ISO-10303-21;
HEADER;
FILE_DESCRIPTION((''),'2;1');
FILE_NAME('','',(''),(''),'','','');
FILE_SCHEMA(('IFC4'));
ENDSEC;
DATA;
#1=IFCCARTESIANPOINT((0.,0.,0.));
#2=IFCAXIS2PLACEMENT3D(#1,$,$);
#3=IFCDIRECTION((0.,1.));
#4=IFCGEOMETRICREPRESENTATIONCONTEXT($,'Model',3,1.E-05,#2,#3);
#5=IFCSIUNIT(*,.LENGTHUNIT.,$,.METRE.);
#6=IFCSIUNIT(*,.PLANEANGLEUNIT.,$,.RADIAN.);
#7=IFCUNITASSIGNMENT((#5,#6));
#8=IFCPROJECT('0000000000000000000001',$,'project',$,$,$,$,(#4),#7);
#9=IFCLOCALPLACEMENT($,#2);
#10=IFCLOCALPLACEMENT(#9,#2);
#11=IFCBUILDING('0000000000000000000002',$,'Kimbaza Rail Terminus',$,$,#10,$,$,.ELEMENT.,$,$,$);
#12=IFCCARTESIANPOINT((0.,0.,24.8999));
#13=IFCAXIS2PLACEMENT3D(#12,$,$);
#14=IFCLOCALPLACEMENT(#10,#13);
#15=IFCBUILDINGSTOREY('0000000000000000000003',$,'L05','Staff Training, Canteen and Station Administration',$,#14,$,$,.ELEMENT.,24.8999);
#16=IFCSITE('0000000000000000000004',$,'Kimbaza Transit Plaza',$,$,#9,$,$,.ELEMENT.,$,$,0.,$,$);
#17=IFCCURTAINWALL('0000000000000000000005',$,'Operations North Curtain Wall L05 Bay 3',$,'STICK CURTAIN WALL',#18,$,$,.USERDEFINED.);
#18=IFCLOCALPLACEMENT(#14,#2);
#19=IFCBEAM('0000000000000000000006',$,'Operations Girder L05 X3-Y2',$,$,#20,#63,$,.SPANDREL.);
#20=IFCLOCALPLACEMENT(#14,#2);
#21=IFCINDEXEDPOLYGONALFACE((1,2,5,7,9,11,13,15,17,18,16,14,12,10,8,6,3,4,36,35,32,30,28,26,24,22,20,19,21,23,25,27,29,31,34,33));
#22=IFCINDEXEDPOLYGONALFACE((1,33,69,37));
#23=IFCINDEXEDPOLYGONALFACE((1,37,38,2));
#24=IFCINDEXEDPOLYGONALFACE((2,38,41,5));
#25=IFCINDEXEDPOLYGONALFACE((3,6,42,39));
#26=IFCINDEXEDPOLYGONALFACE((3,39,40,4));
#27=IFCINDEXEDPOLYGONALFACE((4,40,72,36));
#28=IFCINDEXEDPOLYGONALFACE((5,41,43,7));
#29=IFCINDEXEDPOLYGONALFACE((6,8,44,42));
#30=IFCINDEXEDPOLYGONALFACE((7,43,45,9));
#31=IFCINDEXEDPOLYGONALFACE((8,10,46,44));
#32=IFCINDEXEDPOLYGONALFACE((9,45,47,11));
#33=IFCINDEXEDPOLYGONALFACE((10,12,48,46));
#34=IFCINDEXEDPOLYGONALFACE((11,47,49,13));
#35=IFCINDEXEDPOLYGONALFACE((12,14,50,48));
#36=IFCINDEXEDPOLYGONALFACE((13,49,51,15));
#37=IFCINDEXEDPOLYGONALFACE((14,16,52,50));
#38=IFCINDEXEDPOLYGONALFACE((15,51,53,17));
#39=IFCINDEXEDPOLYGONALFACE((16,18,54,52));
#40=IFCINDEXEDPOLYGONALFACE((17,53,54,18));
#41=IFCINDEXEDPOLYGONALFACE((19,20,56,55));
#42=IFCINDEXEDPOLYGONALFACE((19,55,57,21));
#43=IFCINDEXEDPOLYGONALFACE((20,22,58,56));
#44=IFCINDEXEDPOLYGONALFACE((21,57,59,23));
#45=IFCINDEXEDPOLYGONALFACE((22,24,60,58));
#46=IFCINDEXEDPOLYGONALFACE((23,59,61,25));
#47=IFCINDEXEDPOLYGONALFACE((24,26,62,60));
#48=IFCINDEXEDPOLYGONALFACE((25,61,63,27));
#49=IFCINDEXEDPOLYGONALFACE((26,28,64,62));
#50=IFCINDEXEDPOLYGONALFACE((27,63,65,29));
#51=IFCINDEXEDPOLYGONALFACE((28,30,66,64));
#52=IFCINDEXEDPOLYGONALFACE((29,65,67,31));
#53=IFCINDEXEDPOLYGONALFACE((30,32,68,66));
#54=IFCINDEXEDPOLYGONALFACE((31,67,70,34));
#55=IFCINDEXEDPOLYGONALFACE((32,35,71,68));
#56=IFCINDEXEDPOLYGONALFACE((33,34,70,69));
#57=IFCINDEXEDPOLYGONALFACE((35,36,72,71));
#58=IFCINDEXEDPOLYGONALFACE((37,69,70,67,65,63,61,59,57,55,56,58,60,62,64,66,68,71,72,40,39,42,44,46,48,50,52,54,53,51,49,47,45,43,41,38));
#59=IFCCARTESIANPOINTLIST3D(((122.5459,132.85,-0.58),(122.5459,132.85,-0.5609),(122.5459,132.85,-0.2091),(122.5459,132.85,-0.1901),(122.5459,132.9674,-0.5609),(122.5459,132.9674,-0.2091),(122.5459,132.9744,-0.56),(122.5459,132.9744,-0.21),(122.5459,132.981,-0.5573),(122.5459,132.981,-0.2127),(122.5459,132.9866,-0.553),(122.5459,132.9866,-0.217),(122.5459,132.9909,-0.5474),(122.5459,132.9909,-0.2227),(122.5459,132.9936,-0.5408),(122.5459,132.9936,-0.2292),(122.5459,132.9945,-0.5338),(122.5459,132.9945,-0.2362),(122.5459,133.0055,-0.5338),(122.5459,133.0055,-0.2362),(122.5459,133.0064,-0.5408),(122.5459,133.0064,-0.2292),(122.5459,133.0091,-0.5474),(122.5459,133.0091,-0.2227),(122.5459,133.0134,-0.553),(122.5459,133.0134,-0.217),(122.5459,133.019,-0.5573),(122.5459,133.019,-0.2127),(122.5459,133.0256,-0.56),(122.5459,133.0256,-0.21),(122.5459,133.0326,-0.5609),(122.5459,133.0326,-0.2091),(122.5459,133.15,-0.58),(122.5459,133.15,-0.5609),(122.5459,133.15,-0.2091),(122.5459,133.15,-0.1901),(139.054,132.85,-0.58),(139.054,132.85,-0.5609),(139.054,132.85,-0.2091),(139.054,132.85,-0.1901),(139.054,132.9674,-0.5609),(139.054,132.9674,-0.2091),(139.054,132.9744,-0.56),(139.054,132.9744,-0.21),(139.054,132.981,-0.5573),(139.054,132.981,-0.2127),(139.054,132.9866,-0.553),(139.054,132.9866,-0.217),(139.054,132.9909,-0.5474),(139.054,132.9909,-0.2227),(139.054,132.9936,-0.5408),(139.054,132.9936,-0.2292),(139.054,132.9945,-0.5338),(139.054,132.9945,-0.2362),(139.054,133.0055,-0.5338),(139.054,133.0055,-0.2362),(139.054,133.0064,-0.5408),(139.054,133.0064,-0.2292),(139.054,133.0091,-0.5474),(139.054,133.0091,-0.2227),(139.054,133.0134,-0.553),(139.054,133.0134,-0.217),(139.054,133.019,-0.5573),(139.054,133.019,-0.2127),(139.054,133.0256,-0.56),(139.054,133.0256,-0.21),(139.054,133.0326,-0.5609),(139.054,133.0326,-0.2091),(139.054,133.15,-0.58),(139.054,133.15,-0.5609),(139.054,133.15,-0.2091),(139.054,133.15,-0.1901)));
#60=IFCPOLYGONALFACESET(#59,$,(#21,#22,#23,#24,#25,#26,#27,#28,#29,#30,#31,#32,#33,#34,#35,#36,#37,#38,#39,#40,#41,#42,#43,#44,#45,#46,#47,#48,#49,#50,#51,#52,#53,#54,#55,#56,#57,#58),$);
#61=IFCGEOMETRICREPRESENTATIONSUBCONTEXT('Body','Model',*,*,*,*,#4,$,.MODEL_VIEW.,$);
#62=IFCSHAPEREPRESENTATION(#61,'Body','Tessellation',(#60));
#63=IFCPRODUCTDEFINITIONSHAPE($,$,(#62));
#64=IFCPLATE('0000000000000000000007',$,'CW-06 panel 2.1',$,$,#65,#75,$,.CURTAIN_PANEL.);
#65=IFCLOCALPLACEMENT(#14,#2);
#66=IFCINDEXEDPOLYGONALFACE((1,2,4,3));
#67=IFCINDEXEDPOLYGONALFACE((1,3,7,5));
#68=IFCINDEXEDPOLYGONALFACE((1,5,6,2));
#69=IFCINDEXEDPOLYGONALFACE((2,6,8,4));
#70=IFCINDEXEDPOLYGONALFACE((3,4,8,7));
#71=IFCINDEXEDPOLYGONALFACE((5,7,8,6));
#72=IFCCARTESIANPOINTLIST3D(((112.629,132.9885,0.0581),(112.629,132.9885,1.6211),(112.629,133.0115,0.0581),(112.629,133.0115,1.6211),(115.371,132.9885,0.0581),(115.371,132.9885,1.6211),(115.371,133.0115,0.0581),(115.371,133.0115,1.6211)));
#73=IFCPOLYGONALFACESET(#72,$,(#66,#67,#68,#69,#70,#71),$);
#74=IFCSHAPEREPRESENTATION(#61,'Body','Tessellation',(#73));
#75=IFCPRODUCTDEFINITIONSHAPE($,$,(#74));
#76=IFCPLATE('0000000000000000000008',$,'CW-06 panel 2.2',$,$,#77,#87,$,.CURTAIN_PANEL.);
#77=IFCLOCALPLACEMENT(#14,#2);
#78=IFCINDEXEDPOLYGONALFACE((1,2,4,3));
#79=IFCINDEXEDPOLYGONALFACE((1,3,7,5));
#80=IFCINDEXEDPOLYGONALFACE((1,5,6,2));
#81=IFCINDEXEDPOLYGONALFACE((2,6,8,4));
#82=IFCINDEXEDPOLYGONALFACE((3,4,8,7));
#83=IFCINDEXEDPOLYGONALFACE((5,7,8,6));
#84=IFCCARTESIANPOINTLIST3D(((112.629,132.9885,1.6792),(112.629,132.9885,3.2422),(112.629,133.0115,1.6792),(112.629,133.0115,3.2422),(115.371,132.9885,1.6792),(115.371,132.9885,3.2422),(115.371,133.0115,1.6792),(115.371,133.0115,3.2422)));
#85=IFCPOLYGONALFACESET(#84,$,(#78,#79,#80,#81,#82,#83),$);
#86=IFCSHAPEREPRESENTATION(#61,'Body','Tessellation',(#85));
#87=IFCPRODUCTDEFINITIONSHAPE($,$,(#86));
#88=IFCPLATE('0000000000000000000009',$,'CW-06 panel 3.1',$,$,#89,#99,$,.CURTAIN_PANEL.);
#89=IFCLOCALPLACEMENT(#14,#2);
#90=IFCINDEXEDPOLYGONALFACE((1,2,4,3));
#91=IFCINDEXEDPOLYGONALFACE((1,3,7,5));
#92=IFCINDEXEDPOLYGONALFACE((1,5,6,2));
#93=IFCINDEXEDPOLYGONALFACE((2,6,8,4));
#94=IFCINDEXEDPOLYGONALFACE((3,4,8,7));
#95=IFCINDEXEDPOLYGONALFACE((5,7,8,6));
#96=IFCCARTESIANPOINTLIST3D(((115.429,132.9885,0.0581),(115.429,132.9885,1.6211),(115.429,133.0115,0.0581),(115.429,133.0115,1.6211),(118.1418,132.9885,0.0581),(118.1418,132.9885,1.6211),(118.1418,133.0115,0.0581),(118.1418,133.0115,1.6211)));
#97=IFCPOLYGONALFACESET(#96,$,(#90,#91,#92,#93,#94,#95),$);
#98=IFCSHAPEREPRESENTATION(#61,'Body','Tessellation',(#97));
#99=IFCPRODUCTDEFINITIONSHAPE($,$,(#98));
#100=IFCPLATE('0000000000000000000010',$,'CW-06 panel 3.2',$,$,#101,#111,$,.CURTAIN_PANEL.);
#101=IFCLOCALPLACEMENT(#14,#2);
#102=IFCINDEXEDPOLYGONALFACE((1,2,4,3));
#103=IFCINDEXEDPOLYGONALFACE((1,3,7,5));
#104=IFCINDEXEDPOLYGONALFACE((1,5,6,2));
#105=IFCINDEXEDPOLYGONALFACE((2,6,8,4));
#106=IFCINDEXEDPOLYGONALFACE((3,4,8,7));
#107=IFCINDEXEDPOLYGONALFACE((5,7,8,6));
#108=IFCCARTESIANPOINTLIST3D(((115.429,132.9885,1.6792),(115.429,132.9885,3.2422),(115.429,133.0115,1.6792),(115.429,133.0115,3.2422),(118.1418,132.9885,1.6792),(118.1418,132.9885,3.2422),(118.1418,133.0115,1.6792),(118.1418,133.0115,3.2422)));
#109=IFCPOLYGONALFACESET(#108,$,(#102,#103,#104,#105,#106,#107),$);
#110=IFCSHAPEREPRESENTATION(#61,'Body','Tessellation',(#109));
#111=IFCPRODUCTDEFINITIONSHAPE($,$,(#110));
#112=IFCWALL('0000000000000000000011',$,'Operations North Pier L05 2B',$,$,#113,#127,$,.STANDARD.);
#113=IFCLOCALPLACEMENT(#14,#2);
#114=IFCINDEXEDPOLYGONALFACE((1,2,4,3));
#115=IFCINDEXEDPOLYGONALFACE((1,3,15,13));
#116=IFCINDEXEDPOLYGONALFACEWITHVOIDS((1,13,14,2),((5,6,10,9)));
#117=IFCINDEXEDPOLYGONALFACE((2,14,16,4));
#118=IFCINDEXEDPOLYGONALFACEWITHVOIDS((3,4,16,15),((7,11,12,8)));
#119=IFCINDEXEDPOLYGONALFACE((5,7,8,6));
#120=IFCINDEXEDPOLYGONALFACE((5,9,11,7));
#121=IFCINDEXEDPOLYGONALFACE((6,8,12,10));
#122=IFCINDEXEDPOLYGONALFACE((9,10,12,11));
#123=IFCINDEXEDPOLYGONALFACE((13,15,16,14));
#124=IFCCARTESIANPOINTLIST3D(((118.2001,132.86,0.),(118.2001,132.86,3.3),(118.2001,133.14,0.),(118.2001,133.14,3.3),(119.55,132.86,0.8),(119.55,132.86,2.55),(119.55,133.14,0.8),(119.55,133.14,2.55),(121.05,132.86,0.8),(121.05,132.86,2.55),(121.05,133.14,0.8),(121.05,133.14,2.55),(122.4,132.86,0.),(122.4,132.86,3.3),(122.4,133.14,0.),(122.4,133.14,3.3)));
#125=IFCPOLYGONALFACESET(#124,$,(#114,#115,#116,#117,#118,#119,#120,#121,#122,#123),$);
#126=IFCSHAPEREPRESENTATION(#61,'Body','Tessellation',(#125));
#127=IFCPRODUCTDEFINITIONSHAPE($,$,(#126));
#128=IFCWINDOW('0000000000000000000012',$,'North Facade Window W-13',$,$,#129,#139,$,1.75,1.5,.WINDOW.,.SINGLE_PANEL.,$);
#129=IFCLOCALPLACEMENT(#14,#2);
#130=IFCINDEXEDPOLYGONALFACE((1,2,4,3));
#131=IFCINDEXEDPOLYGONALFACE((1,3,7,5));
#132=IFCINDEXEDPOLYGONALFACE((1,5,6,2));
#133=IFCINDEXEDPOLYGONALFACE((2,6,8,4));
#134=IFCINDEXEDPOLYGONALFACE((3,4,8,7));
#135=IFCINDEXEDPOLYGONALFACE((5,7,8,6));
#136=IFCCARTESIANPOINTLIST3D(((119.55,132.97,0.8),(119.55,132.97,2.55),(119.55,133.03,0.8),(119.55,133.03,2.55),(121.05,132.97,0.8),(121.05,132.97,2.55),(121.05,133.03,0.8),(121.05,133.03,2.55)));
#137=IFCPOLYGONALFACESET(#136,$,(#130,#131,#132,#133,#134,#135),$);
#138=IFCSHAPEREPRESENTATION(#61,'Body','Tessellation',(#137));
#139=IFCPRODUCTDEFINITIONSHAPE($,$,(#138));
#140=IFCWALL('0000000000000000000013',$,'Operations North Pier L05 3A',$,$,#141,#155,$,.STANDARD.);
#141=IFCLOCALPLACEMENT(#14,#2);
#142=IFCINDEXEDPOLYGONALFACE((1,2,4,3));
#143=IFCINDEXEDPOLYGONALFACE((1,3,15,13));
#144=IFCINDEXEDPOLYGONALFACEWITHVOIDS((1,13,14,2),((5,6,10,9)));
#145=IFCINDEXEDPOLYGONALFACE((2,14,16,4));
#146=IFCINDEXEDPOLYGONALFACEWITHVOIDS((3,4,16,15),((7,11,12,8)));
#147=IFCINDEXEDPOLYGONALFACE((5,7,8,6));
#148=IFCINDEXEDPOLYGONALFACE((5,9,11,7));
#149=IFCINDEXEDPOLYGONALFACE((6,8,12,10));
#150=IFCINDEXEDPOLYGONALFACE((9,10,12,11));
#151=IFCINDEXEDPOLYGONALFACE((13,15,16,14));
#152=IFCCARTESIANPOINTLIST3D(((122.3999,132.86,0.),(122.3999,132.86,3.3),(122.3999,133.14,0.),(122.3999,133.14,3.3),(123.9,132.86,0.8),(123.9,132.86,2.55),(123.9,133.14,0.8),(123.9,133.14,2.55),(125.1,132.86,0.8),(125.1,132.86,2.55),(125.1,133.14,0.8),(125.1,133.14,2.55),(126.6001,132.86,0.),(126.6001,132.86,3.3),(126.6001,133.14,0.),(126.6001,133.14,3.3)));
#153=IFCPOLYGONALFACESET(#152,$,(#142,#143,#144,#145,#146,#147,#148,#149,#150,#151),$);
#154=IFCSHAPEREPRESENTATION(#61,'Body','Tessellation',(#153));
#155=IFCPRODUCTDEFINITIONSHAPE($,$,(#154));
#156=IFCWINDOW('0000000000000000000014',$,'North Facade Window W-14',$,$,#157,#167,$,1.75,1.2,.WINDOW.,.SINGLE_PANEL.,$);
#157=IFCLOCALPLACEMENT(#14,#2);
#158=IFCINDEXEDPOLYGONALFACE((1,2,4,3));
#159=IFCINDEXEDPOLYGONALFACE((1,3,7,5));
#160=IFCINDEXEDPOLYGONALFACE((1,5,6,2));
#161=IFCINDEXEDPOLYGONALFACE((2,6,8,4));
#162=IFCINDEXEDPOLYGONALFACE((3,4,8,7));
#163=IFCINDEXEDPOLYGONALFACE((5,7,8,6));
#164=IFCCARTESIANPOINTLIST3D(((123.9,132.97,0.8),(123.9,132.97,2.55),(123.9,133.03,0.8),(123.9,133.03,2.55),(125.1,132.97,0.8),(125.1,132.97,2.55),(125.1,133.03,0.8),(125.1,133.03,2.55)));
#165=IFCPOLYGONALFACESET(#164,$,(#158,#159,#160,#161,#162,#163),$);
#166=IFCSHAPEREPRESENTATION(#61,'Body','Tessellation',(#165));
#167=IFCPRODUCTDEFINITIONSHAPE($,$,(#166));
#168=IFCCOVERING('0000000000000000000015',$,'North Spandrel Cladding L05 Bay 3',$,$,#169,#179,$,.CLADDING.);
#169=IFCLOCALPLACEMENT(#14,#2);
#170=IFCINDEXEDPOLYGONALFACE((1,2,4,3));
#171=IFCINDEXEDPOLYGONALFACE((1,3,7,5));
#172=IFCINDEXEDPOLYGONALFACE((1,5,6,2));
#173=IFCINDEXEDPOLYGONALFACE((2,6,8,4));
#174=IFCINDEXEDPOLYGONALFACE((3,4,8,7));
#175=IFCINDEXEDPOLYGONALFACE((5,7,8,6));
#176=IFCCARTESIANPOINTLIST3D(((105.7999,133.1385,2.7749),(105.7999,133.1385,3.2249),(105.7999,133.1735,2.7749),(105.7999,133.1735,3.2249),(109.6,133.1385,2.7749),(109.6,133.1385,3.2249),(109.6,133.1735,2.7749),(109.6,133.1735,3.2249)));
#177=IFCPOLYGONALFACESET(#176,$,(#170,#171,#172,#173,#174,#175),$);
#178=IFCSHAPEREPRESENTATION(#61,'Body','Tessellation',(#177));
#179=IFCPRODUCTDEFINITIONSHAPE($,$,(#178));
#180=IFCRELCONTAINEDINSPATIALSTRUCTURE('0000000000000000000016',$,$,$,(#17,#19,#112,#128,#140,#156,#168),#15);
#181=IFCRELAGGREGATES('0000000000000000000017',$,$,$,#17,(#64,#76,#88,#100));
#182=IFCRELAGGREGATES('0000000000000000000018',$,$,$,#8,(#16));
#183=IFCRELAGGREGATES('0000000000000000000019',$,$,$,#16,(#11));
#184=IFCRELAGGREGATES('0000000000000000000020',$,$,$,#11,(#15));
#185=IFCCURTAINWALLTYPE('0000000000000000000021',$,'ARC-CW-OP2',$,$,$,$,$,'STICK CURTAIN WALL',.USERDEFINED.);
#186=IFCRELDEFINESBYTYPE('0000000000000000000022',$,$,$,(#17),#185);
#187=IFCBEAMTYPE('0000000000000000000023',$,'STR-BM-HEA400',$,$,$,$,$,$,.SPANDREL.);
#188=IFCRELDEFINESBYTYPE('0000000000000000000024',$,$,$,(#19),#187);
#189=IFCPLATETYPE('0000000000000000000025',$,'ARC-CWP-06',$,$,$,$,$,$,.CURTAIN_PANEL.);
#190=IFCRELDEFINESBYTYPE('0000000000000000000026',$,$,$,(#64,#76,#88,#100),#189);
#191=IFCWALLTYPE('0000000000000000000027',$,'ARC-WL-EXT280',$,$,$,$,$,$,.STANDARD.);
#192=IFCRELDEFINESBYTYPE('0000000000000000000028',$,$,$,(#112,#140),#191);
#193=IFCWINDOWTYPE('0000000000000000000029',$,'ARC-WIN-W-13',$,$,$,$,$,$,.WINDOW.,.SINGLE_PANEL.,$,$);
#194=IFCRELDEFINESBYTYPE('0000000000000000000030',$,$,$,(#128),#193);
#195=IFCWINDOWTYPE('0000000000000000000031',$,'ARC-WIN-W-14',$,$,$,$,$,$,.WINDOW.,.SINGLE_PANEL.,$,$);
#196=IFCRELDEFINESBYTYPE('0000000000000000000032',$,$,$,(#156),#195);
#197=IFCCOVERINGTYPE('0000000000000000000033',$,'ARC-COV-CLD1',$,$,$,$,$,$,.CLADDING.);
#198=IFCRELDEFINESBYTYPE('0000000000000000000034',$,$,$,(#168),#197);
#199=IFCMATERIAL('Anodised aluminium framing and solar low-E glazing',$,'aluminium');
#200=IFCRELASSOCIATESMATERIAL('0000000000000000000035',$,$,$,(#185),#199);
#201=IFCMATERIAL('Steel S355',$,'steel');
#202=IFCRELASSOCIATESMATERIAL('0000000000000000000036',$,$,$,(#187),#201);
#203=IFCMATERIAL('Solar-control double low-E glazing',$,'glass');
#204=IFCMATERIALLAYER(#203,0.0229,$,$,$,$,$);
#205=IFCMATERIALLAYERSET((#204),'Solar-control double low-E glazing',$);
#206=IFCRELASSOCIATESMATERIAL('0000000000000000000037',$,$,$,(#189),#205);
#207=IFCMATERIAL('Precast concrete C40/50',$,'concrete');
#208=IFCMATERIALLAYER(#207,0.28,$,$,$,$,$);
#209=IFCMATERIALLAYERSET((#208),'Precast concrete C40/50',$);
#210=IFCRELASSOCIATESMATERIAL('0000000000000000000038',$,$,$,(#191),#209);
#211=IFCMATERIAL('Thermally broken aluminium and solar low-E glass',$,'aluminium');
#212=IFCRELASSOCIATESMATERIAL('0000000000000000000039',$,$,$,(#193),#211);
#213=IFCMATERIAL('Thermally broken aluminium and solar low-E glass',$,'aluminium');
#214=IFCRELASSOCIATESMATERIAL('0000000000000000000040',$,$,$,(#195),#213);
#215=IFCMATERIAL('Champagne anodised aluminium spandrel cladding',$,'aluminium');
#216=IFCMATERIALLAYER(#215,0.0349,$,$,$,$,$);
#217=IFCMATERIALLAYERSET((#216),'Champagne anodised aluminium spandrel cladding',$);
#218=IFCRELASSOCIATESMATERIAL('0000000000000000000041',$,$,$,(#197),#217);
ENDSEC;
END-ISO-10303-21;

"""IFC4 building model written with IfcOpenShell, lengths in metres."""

from ifc_helpers import new_model, si_unit, direction, frame, frame_2d, origin, origin_2d, place, context, subcontext, project, spatial, rectangle, i_section, extrude, material, layer, layer_set, material_profile, profile_set, type_object, element, fill, aggregate, save


model = new_model("IFC4")

# Units and contexts
model_context = context("Model", 3, precision=1e-05, world=origin(), true_north=direction((0.0, 1.0)))
body_context = subcontext(model_context, "Body", "Model", "MODEL_VIEW")
ifc_project = project(units=[si_unit("LENGTHUNIT", "METRE"), si_unit("PLANEANGLEUNIT", "RADIAN")], contexts=[model_context])

# Site, building, storey
site_placement = place(None, origin())
site = spatial("IfcSite", under=ifc_project, at=site_placement, Name="Kimbaza Transit Plaza", CompositionType="ELEMENT", RefElevation=0.0)
building_placement = place(site_placement, origin())
building = spatial("IfcBuilding", under=site, at=building_placement, Name="Kimbaza Rail Terminus", CompositionType="ELEMENT")
storey_placement = place(building_placement, frame((0.0, 0.0, 24.8999)))
storey = spatial("IfcBuildingStorey", under=building, at=storey_placement, Name="L05", Description="Staff Training, Canteen and Station Administration", CompositionType="ELEMENT", Elevation=24.8999)

# Curtain wall
ifc_material_1 = material(Name="Anodised aluminium framing and solar low-E glazing", Category="aluminium")
curtain_wall_type = type_object("IfcCurtainWallType", Name="ARC-CW-OP2", ElementType="STICK CURTAIN WALL", PredefinedType="USERDEFINED", material=ifc_material_1)
curtain_wall_1_placement = place(storey_placement, origin())
curtain_wall_1 = element("IfcCurtainWall", 1, at=curtain_wall_1_placement, inside=storey, type_object=curtain_wall_type, Name="Operations North Curtain Wall L05 Bay 3", ObjectType="STICK CURTAIN WALL", PredefinedType="USERDEFINED")

# Beam
ifc_material_2 = material(Name="Steel S355", Category="steel")
ifc_material_profile_1 = material_profile(ifc_material_2, i_section(OverallWidth=0.3, OverallDepth=0.3899, WebThickness=0.011, FlangeThickness=0.019, FilletRadius=0.0271, at=origin_2d()), Name="HEA 400")
ifc_profile_set_1 = profile_set([ifc_material_profile_1], Name="Steel S355")
beam_type = type_object("IfcBeamType", Name="STR-BM-HEA400", PredefinedType="SPANDREL", material=ifc_profile_set_1)
beam_placement = place(storey_placement, frame((122.5459, 133.0, -0.385), z_axis=(1.0, 0.0, 0.0), x_axis=(0.0, 1.0, 0.0)))
element("IfcBeam", 2, at=beam_placement, inside=storey, type_object=beam_type, Name="Operations Girder L05 X3-Y2", PredefinedType="SPANDREL", context=body_context, shape_type="SweptSolid", body=[
    extrude(i_section(OverallWidth=0.3, OverallDepth=0.3899, WebThickness=0.011, FlangeThickness=0.019, FilletRadius=0.0271, at=origin_2d()), origin(), (0.0, 0.0, 1.0), 16.5081),
])

# Plates
ifc_material_3 = material(Name="Solar-control double low-E glazing", Category="glass")
ifc_layer_1 = layer(ifc_material_3, 0.0229)
ifc_layer_set_1 = layer_set([ifc_layer_1], Name="Solar-control double low-E glazing")
plate_type = type_object("IfcPlateType", Name="ARC-CWP-06", PredefinedType="CURTAIN_PANEL", material=ifc_layer_set_1)
plate_1_placement = place(storey_placement, frame((114.0, 133.0, 0.0581), z_axis=(0.0, 0.0, 1.0), x_axis=(1.0, 0.0, 0.0)))
plate_1 = element("IfcPlate", 3, at=plate_1_placement, type_object=plate_type, Name="CW-06 panel 2.1", PredefinedType="CURTAIN_PANEL", context=body_context, shape_type="SweptSolid", body=[
    extrude(rectangle(XDim=2.7419, YDim=0.0229, at=origin_2d()), origin(), (0.0, 0.0, 1.0), 1.563),
])
plate_2_placement = place(storey_placement, frame((114.0, 133.0, 1.6792), z_axis=(0.0, 0.0, 1.0), x_axis=(1.0, 0.0, 0.0)))
plate_2 = element("IfcPlate", 4, at=plate_2_placement, type_object=plate_type, Name="CW-06 panel 2.2", PredefinedType="CURTAIN_PANEL", context=body_context, shape_type="SweptSolid", body=[
    extrude(rectangle(XDim=2.7419, YDim=0.0229, at=origin_2d()), origin(), (0.0, 0.0, 1.0), 1.563),
])
plate_3_placement = place(storey_placement, frame((116.7854, 133.0, 0.0581), z_axis=(0.0, 0.0, 1.0), x_axis=(1.0, 0.0, 0.0)))
plate_3 = element("IfcPlate", 5, at=plate_3_placement, type_object=plate_type, Name="CW-06 panel 3.1", PredefinedType="CURTAIN_PANEL", context=body_context, shape_type="SweptSolid", body=[
    extrude(rectangle(XDim=2.7129, YDim=0.0229, at=origin_2d()), origin(), (0.0, 0.0, 1.0), 1.563),
])
plate_4_placement = place(storey_placement, frame((116.7854, 133.0, 1.6792), z_axis=(0.0, 0.0, 1.0), x_axis=(1.0, 0.0, 0.0)))
plate_4 = element("IfcPlate", 6, at=plate_4_placement, type_object=plate_type, Name="CW-06 panel 3.2", PredefinedType="CURTAIN_PANEL", context=body_context, shape_type="SweptSolid", body=[
    extrude(rectangle(XDim=2.7129, YDim=0.0229, at=origin_2d()), origin(), (0.0, 0.0, 1.0), 1.563),
])
aggregate(curtain_wall_1, [plate_1, plate_2, plate_3, plate_4])

# Walls, openings, windows
ifc_material_4 = material(Name="Precast concrete C40/50", Category="concrete")
ifc_layer_2 = layer(ifc_material_4, 0.28)
ifc_layer_set_2 = layer_set([ifc_layer_2], Name="Precast concrete C40/50")
wall_type = type_object("IfcWallType", Name="ARC-WL-EXT280", PredefinedType="STANDARD", material=ifc_layer_set_2)
wall_1_placement = place(storey_placement, frame((118.2, 133.0, 0.0), z_axis=(0.0, 0.0, 1.0), x_axis=(1.0, 0.0, 0.0)))
wall_1 = element("IfcWall", 7, at=wall_1_placement, inside=storey, type_object=wall_type, Name="Operations North Pier L05 2B", PredefinedType="STANDARD", context=body_context, shape_type="SweptSolid", body=[
    extrude(rectangle(XDim=4.2, YDim=0.28, at=frame_2d((2.1001, 0.0))), origin(), (0.0, 0.0, 1.0), 3.3),
])
opening_1_placement = place(wall_1_placement, frame((1.3501, 0.0, 0.8)))
opening_1 = element("IfcOpeningElement", 8, at=opening_1_placement, cuts=wall_1, PredefinedType="OPENING", context=body_context, shape_type="SweptSolid", body=[
    extrude(rectangle(XDim=1.5, YDim=1.75, at=frame_2d((0.75, 0.875))), frame((0.0, 0.1499, 0.0), z_axis=(0.0, -1.0, 0.0), x_axis=(1.0, 0.0, 0.0)), (0.0, 0.0, 1.0), 0.3),
])
ifc_material_5 = material(Name="Thermally broken aluminium and solar low-E glass", Category="aluminium")
window_type_1 = type_object("IfcWindowType", Name="ARC-WIN-W-13", PartitioningType="SINGLE_PANEL", PredefinedType="WINDOW", material=ifc_material_5)
window_1_placement = place(opening_1_placement, origin())
window_1 = element("IfcWindow", 9, at=window_1_placement, inside=storey, type_object=window_type_1, Name="North Facade Window W-13", OverallHeight=1.75, OverallWidth=1.5, PartitioningType="SINGLE_PANEL", PredefinedType="WINDOW", context=body_context, shape_type="SweptSolid", body=[
    extrude(rectangle(XDim=1.5, YDim=1.75, at=frame_2d((0.75, 0.875))), frame((0.0, 0.03, 0.0), z_axis=(0.0, -1.0, 0.0), x_axis=(1.0, 0.0, 0.0)), (0.0, 0.0, 1.0), 0.0601),
])
fill(opening_1, window_1)
wall_2_placement = place(storey_placement, frame((122.3999, 133.0, 0.0), z_axis=(0.0, 0.0, 1.0), x_axis=(1.0, 0.0, 0.0)))
wall_2 = element("IfcWall", 10, at=wall_2_placement, inside=storey, type_object=wall_type, Name="Operations North Pier L05 3A", PredefinedType="STANDARD", context=body_context, shape_type="SweptSolid", body=[
    extrude(rectangle(XDim=4.2002, YDim=0.28, at=frame_2d((2.1001, 0.0))), origin(), (0.0, 0.0, 1.0), 3.3),
])
opening_2_placement = place(wall_2_placement, frame((1.5, 0.0, 0.8)))
opening_2 = element("IfcOpeningElement", 11, at=opening_2_placement, cuts=wall_2, PredefinedType="OPENING", context=body_context, shape_type="SweptSolid", body=[
    extrude(rectangle(XDim=1.2, YDim=1.75, at=frame_2d((0.6001, 0.875))), frame((0.0, 0.1499, 0.0), z_axis=(0.0, -1.0, 0.0), x_axis=(1.0, 0.0, 0.0)), (0.0, 0.0, 1.0), 0.3),
])
ifc_material_6 = material(Name="Thermally broken aluminium and solar low-E glass", Category="aluminium")
window_type_2 = type_object("IfcWindowType", Name="ARC-WIN-W-14", PartitioningType="SINGLE_PANEL", PredefinedType="WINDOW", material=ifc_material_6)
window_2_placement = place(opening_2_placement, origin())
window_2 = element("IfcWindow", 12, at=window_2_placement, inside=storey, type_object=window_type_2, Name="North Facade Window W-14", OverallHeight=1.75, OverallWidth=1.2, PartitioningType="SINGLE_PANEL", PredefinedType="WINDOW", context=body_context, shape_type="SweptSolid", body=[
    extrude(rectangle(XDim=1.2, YDim=1.75, at=frame_2d((0.6001, 0.875))), frame((0.0, 0.03, 0.0), z_axis=(0.0, -1.0, 0.0), x_axis=(1.0, 0.0, 0.0)), (0.0, 0.0, 1.0), 0.0601),
])
fill(opening_2, window_2)

# Covering
ifc_material_7 = material(Name="Champagne anodised aluminium spandrel cladding", Category="aluminium")
ifc_layer_3 = layer(ifc_material_7, 0.0349)
ifc_layer_set_3 = layer_set([ifc_layer_3], Name="Champagne anodised aluminium spandrel cladding")
covering_type = type_object("IfcCoveringType", Name="ARC-COV-CLD1", PredefinedType="CLADDING", material=ifc_layer_set_3)
for number, where, z_axis, x_axis, name in (
    (13, (107.7, 133.156, 2.7749), (0.0, 0.0, 1.0), (1.0, 0.0, 0.0), "North Spandrel Cladding L05 Bay 3"),
):
    element("IfcCovering", number, at=place(storey_placement, frame(where, z_axis=z_axis, x_axis=x_axis)), inside=storey, type_object=covering_type, Name=name, PredefinedType="CLADDING", context=body_context, shape_type="SweptSolid", body=[
        extrude(rectangle(XDim=3.8, YDim=0.0349, at=origin_2d()), origin(), (0.0, 0.0, 1.0), 0.45),
    ])

save(model, "model.ifc")
